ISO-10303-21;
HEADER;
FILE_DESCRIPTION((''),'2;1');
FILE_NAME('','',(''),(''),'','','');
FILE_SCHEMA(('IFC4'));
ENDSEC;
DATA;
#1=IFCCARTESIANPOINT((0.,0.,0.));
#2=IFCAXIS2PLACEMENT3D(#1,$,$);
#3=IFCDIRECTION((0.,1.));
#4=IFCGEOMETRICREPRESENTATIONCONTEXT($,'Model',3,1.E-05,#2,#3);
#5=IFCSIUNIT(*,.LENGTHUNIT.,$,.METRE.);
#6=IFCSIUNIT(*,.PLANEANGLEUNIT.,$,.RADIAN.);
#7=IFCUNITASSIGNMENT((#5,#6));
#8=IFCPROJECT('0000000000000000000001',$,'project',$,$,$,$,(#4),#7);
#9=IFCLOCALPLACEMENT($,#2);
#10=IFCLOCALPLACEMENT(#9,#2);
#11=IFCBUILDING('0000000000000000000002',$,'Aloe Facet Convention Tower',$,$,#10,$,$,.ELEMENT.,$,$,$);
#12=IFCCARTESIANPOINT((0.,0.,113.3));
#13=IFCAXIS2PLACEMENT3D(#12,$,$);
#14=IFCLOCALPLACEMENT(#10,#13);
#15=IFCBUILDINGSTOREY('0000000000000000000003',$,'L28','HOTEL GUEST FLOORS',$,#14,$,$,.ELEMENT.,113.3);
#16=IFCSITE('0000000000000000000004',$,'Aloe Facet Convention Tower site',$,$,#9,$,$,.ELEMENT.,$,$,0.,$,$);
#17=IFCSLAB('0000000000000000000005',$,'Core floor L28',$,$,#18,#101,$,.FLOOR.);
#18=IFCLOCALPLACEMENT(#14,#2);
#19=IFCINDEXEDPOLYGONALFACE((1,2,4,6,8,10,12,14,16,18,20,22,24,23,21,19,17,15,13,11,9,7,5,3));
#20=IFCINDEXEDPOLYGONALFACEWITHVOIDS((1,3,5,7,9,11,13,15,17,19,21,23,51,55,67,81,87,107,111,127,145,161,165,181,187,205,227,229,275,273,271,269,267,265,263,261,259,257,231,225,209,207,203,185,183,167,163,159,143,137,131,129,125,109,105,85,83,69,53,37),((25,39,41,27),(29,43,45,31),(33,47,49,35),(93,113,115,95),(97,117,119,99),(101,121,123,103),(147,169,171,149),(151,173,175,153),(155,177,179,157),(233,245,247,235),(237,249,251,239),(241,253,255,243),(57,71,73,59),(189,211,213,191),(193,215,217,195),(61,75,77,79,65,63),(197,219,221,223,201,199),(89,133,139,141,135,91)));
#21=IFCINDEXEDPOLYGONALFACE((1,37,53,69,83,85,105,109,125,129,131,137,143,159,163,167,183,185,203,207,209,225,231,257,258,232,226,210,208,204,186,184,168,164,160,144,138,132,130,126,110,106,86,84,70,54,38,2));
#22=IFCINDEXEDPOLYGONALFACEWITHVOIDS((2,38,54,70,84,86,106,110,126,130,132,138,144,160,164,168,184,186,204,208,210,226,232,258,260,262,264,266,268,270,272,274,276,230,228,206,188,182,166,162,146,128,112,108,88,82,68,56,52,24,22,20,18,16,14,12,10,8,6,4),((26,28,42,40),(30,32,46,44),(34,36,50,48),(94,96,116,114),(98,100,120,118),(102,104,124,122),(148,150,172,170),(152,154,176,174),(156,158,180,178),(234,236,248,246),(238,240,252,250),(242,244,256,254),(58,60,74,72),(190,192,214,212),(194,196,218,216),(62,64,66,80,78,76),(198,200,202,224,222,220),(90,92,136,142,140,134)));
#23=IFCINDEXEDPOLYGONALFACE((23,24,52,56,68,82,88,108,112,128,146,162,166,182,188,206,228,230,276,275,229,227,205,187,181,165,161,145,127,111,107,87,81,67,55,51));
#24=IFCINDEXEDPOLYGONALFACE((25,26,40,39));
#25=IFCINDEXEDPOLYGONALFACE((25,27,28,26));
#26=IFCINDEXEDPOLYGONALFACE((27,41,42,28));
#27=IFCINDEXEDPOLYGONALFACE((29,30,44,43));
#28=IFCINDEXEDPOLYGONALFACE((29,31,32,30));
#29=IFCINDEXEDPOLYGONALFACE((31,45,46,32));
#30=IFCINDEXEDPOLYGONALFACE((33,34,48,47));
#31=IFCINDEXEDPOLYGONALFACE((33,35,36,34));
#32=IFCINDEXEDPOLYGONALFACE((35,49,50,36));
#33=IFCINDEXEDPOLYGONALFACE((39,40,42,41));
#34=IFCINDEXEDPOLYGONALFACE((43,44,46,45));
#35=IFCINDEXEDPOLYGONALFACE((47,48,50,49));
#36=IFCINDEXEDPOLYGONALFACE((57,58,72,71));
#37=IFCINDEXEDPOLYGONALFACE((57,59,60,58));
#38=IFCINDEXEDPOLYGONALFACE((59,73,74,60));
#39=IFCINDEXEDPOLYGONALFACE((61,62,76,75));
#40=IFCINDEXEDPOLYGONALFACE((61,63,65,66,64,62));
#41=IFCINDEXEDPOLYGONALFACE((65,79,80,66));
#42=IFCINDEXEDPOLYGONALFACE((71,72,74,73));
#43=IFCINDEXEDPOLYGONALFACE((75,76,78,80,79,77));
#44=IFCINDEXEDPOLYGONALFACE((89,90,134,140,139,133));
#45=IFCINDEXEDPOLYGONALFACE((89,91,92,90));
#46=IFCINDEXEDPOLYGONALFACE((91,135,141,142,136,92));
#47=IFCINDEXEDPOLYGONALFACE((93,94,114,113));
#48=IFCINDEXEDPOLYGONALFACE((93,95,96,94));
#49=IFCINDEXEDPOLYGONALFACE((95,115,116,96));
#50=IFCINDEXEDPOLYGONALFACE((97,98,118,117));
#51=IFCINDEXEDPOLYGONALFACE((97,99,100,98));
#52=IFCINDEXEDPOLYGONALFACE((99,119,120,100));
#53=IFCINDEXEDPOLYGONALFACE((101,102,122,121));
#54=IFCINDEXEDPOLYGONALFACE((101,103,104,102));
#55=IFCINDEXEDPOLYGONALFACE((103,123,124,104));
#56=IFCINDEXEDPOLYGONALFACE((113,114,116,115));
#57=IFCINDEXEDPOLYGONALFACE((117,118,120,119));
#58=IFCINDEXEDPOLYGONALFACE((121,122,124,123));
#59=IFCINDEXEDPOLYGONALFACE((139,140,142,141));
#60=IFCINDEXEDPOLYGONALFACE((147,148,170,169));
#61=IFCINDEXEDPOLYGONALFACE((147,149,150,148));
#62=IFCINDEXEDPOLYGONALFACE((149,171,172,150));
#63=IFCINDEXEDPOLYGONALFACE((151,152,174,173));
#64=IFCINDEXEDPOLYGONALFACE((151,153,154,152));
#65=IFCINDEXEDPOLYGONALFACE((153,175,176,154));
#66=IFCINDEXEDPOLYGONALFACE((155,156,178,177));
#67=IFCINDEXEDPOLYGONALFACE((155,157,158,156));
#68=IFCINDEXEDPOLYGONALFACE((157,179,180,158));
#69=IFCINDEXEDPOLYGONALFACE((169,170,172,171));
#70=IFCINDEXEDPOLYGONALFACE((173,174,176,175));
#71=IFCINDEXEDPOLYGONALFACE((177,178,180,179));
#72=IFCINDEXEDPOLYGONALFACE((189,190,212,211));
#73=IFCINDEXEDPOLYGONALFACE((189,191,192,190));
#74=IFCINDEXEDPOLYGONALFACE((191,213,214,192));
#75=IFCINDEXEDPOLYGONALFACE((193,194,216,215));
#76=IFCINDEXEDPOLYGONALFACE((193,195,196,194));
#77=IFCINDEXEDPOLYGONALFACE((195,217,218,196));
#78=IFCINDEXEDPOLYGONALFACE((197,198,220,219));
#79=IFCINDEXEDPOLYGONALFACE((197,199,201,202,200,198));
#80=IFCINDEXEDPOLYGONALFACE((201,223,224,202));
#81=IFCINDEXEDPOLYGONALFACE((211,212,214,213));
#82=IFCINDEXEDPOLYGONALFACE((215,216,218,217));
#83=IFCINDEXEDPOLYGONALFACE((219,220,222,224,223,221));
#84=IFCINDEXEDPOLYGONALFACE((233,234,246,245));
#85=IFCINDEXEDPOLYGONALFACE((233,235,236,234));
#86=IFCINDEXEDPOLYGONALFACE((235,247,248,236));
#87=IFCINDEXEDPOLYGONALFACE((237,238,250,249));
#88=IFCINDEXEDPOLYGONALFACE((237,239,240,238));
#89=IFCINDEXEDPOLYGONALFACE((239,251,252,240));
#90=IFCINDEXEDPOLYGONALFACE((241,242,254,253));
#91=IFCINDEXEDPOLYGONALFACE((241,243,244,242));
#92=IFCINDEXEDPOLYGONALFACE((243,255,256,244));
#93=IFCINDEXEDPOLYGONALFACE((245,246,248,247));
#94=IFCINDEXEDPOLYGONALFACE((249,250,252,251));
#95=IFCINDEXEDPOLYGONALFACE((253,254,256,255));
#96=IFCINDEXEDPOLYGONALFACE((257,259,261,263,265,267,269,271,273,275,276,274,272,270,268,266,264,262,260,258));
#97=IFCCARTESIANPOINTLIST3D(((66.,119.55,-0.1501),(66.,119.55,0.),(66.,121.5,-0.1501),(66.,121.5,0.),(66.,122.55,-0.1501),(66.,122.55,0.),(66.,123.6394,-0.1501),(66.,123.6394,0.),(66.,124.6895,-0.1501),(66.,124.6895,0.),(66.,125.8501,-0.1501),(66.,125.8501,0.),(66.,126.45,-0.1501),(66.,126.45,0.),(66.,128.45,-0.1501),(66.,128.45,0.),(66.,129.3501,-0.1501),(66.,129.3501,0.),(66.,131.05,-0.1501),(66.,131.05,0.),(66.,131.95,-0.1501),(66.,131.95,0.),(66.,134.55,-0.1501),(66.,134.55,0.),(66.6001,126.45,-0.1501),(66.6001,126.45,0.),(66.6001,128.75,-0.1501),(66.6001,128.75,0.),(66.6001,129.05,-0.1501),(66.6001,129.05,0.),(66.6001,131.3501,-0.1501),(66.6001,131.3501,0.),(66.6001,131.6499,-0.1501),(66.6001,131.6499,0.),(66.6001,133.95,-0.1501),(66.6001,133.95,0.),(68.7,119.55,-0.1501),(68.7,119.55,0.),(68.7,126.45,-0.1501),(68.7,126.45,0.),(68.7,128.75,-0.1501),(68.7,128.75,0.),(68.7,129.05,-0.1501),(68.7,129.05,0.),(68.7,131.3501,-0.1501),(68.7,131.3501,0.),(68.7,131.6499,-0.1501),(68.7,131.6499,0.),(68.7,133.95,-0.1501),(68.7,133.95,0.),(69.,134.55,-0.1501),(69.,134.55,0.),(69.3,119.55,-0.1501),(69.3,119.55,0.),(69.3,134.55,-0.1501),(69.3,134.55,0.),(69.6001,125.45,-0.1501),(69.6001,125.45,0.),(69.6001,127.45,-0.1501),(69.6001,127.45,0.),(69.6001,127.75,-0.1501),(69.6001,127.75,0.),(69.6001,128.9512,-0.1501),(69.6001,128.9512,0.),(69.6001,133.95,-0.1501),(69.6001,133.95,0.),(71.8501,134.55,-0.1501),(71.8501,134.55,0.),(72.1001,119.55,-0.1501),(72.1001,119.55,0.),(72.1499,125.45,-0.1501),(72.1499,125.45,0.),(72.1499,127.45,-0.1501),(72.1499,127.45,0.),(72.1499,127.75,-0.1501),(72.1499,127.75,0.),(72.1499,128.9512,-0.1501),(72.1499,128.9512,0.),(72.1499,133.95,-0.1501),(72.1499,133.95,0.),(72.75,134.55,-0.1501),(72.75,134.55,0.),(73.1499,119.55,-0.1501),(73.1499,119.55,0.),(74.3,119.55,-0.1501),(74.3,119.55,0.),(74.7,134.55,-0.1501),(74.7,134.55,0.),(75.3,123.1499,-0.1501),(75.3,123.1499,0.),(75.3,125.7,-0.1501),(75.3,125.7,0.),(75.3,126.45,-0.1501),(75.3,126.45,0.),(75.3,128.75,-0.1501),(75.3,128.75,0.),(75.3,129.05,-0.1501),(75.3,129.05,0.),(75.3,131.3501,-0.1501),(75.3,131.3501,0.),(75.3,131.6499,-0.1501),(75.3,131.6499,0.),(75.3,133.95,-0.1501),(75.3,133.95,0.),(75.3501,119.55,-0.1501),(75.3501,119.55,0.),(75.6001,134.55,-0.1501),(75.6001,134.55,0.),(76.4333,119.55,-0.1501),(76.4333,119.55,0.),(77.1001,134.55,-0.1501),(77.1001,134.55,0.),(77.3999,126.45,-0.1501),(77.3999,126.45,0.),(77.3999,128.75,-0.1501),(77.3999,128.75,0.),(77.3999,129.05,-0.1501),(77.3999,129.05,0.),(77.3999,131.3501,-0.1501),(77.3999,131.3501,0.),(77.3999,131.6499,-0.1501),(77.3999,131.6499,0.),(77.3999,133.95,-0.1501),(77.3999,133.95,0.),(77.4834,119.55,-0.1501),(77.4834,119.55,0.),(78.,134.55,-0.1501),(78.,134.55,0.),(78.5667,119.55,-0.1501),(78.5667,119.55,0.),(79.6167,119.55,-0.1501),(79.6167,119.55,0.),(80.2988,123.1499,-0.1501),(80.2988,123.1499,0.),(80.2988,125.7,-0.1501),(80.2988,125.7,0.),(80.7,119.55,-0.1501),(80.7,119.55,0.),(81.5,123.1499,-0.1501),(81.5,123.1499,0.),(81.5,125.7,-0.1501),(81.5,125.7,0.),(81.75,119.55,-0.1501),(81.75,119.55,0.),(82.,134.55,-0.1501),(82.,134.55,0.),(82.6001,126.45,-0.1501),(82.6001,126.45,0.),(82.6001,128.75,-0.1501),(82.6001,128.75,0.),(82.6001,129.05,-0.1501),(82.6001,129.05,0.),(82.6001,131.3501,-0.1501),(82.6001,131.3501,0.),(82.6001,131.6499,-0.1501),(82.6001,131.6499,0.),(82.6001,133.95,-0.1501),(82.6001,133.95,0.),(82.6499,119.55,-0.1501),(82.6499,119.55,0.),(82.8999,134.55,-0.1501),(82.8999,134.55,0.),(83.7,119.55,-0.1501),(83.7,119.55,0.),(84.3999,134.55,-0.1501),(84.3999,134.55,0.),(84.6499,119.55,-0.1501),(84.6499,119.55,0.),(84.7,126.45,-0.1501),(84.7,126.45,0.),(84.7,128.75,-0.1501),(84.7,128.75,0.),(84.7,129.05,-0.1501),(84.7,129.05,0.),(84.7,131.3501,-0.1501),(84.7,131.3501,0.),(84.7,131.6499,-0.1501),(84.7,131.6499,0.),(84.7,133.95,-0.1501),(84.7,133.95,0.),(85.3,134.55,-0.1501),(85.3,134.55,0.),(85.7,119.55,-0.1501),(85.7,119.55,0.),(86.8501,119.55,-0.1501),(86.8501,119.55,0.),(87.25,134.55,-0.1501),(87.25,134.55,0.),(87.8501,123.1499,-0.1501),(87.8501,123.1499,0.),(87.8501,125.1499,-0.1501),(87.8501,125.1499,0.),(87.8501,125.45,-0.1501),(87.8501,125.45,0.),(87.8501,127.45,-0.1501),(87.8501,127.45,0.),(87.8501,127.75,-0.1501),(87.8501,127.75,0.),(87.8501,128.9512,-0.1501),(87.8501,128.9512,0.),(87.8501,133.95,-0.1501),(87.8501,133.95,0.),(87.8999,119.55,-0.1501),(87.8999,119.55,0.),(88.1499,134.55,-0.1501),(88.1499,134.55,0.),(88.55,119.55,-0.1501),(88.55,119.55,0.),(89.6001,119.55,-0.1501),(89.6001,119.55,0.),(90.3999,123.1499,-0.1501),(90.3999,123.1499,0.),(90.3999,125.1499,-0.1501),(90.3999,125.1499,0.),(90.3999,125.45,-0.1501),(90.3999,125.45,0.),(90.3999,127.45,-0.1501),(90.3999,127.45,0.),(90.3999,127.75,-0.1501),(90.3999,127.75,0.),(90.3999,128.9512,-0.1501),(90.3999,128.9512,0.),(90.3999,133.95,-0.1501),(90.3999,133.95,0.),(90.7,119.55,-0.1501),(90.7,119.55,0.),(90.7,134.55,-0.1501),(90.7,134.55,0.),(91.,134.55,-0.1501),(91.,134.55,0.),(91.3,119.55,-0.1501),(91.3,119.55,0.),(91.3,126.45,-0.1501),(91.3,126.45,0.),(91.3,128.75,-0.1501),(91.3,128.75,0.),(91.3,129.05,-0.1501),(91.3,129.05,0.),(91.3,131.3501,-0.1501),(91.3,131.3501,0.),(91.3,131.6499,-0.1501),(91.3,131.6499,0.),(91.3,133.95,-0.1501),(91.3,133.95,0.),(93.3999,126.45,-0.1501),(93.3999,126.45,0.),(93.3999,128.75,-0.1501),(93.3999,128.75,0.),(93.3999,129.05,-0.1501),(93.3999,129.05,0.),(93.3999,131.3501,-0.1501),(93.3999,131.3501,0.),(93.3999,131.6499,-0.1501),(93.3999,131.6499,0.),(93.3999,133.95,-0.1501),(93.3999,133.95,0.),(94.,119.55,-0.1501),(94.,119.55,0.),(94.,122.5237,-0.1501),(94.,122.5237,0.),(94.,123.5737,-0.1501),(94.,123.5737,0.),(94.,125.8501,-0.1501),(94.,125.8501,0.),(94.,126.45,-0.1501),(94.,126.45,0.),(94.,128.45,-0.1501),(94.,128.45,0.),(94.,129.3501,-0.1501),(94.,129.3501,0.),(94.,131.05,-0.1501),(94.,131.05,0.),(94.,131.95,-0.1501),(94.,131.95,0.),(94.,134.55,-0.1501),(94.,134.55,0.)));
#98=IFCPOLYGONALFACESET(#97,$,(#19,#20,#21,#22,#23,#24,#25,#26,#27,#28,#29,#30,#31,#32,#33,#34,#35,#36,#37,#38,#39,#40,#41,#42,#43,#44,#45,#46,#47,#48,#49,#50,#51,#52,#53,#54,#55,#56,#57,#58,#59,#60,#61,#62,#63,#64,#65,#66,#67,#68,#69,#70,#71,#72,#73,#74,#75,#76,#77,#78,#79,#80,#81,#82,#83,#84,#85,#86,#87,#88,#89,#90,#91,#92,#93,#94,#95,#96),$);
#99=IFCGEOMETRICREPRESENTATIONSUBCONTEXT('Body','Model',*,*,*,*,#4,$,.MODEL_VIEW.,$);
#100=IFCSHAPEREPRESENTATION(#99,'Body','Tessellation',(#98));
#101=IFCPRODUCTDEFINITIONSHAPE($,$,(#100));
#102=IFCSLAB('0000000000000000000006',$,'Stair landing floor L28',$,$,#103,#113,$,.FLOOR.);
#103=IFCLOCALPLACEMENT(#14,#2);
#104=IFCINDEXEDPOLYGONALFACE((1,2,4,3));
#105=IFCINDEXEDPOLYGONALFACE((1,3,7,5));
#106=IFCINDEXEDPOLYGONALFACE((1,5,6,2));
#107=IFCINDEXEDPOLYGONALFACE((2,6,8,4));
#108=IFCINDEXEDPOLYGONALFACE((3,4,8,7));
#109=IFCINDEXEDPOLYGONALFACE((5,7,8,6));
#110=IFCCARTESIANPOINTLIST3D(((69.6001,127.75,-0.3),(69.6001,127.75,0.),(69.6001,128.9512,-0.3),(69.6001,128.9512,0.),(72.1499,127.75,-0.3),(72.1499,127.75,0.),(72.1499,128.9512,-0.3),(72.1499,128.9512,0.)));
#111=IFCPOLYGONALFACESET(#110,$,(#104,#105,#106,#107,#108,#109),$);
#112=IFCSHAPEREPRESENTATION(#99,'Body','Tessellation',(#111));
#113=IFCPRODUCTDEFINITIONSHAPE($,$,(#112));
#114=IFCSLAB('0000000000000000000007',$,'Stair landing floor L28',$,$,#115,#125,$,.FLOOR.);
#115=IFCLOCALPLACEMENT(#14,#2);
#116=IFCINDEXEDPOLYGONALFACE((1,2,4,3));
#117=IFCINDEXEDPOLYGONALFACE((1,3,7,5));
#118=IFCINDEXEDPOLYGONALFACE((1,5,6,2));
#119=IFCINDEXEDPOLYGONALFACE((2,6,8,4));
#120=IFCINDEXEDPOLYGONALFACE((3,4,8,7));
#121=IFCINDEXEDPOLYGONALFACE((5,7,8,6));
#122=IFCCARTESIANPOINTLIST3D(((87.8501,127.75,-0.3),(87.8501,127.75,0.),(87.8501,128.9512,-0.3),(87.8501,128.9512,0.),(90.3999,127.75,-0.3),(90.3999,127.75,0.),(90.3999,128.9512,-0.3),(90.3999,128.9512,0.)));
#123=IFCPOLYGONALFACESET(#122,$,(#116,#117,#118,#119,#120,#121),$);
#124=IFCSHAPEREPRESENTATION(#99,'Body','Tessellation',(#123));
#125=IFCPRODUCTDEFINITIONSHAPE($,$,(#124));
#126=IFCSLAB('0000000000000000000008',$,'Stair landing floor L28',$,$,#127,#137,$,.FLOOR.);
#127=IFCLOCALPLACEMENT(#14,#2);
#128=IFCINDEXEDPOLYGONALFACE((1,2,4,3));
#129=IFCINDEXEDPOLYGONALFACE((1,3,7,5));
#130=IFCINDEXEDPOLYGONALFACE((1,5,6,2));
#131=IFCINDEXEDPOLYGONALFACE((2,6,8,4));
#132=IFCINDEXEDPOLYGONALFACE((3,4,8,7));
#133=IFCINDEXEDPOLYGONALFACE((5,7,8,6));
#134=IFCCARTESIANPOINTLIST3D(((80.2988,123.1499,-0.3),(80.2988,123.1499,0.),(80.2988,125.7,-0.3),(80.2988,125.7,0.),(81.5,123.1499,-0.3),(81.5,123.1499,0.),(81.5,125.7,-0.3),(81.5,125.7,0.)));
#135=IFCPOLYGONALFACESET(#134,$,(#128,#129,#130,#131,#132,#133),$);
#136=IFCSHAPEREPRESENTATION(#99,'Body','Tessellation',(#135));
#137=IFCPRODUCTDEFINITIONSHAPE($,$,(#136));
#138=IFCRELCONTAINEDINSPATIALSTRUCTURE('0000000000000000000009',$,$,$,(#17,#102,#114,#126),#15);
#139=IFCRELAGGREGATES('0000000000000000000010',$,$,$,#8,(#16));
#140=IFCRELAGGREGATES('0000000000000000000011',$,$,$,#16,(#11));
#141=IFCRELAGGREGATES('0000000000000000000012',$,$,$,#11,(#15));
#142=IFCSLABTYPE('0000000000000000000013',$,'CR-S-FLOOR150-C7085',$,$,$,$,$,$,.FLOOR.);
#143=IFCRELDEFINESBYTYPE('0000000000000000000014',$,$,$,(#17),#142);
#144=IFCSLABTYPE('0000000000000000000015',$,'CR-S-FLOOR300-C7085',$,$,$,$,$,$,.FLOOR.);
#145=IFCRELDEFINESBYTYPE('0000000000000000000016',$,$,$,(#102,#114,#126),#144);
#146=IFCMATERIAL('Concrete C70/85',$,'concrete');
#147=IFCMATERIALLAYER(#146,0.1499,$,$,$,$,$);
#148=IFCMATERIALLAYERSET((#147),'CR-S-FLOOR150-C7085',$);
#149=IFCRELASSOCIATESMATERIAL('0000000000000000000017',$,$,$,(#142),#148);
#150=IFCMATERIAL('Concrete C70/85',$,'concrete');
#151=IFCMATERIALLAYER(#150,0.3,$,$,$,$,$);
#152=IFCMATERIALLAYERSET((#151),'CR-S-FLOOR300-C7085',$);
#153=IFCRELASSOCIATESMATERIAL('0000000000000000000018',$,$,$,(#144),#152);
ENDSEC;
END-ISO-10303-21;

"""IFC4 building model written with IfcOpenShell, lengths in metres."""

from ifc_helpers import new_model, si_unit, direction, frame, origin, place, context, subcontext, project, spatial, polyline, outline, extrude, material, layer, layer_set, type_object, element, save


model = new_model("IFC4")

# Units and contexts
model_context = context("Model", 3, precision=1e-05, world=origin(), true_north=direction((0.0, 1.0)))
body_context = subcontext(model_context, "Body", "Model", "MODEL_VIEW")
ifc_project = project(units=[si_unit("LENGTHUNIT", "METRE"), si_unit("PLANEANGLEUNIT", "RADIAN")], contexts=[model_context])

# Site, building, storey
site_placement = place(None, origin())
site = spatial("IfcSite", under=ifc_project, at=site_placement, Name="Aloe Facet Convention Tower site", CompositionType="ELEMENT", RefElevation=0.0)
building_placement = place(site_placement, origin())
building = spatial("IfcBuilding", under=site, at=building_placement, Name="Aloe Facet Convention Tower", CompositionType="ELEMENT")
storey_placement = place(building_placement, frame((0.0, 0.0, 113.3)))
storey = spatial("IfcBuildingStorey", under=building, at=storey_placement, Name="L28", Description="HOTEL GUEST FLOORS", CompositionType="ELEMENT", Elevation=113.3)

# Slabs
ifc_material_1 = material(Name="Concrete C70/85", Category="concrete")
ifc_layer_1 = layer(ifc_material_1, 0.1499)
ifc_layer_set_1 = layer_set([ifc_layer_1], Name="CR-S-FLOOR150-C7085")
slab_type_1 = type_object("IfcSlabType", Name="CR-S-FLOOR150-C7085", PredefinedType="FLOOR", material=ifc_layer_set_1)
slab_1_placement = place(storey_placement, frame((0.0, 0.0, -0.1501)))
element("IfcSlab", 1, at=slab_1_placement, inside=storey, type_object=slab_type_1, Name="Core floor L28", PredefinedType="FLOOR", context=body_context, shape_type="SweptSolid", body=[
    extrude(outline(polyline([(69.3, 134.55), (71.8501, 134.55), (72.75, 134.55), (74.7, 134.55), (75.6001, 134.55), (77.1001, 134.55), (78.0, 134.55), (82.0, 134.55), (82.8999, 134.55), (84.3999, 134.55), (85.3, 134.55), (87.25, 134.55), (88.1499, 134.55), (90.7, 134.55), (91.0, 134.55), (94.0, 134.55), (94.0, 131.95), (94.0, 131.05), (94.0, 129.3501), (94.0, 128.45), (94.0, 126.45), (94.0, 125.8501), (94.0, 123.5737), (94.0, 122.5237), (94.0, 119.55), (91.3, 119.55), (90.7, 119.55), (89.6001, 119.55), (88.55, 119.55), (87.8999, 119.55), (86.8501, 119.55), (85.7, 119.55), (84.6499, 119.55), (83.7, 119.55), (82.6499, 119.55), (81.75, 119.55), (80.7, 119.55), (79.6167, 119.55), (78.5667, 119.55), (77.4834, 119.55), (76.4333, 119.55), (75.3501, 119.55), (74.3, 119.55), (73.1499, 119.55), (72.1001, 119.55), (69.3, 119.55), (68.7, 119.55), (66.0, 119.55), (66.0, 121.5), (66.0, 122.55), (66.0, 123.6394), (66.0, 124.6895), (66.0, 125.8501), (66.0, 126.45), (66.0, 128.45), (66.0, 129.3501), (66.0, 131.05), (66.0, 131.95), (66.0, 134.55), (69.0, 134.55), (69.3, 134.55)]), holes=[polyline([(75.3, 123.1499), (80.2988, 123.1499), (81.5, 123.1499), (81.5, 125.7), (80.2988, 125.7), (75.3, 125.7), (75.3, 123.1499)]), polyline([(69.6001, 125.45), (72.1499, 125.45), (72.1499, 127.45), (69.6001, 127.45), (69.6001, 125.45)]), polyline([(66.6001, 126.45), (68.7, 126.45), (68.7, 128.75), (66.6001, 128.75), (66.6001, 126.45)]), polyline([(75.3, 126.45), (77.3999, 126.45), (77.3999, 128.75), (75.3, 128.75), (75.3, 126.45)]), polyline([(66.6001, 129.05), (68.7, 129.05), (68.7, 131.3501), (66.6001, 131.3501), (66.6001, 129.05)]), polyline([(75.3, 129.05), (77.3999, 129.05), (77.3999, 131.3501), (75.3, 131.3501), (75.3, 129.05)]), polyline([(69.6001, 133.95), (69.6001, 128.9512), (69.6001, 127.75), (72.1499, 127.75), (72.1499, 128.9512), (72.1499, 133.95), (69.6001, 133.95)]), polyline([(66.6001, 133.95), (66.6001, 131.6499), (68.7, 131.6499), (68.7, 133.95), (66.6001, 133.95)]), polyline([(75.3, 133.95), (75.3, 131.6499), (77.3999, 131.6499), (77.3999, 133.95), (75.3, 133.95)]), polyline([(87.8501, 123.1499), (90.3999, 123.1499), (90.3999, 125.1499), (87.8501, 125.1499), (87.8501, 123.1499)]), polyline([(87.8501, 125.45), (90.3999, 125.45), (90.3999, 127.45), (87.8501, 127.45), (87.8501, 125.45)]), polyline([(82.6001, 126.45), (84.7, 126.45), (84.7, 128.75), (82.6001, 128.75), (82.6001, 126.45)]), polyline([(91.3, 126.45), (93.3999, 126.45), (93.3999, 128.75), (91.3, 128.75), (91.3, 126.45)]), polyline([(82.6001, 129.05), (84.7, 129.05), (84.7, 131.3501), (82.6001, 131.3501), (82.6001, 129.05)]), polyline([(91.3, 129.05), (93.3999, 129.05), (93.3999, 131.3501), (91.3, 131.3501), (91.3, 129.05)]), polyline([(87.8501, 133.95), (87.8501, 128.9512), (87.8501, 127.75), (90.3999, 127.75), (90.3999, 128.9512), (90.3999, 133.95), (87.8501, 133.95)]), polyline([(82.6001, 133.95), (82.6001, 131.6499), (84.7, 131.6499), (84.7, 133.95), (82.6001, 133.95)]), polyline([(91.3, 133.95), (91.3, 131.6499), (93.3999, 131.6499), (93.3999, 133.95), (91.3, 133.95)])]), origin(), (0.0, 0.0, 1.0), 0.1501),
])
ifc_material_2 = material(Name="Concrete C70/85", Category="concrete")
ifc_layer_2 = layer(ifc_material_2, 0.3)
ifc_layer_set_2 = layer_set([ifc_layer_2], Name="CR-S-FLOOR300-C7085")
slab_type_2 = type_object("IfcSlabType", Name="CR-S-FLOOR300-C7085", PredefinedType="FLOOR", material=ifc_layer_set_2)
slab_2_placement = place(storey_placement, frame((0.0, 0.0, -0.3)))
element("IfcSlab", 2, at=slab_2_placement, inside=storey, type_object=slab_type_2, Name="Stair landing floor L28", PredefinedType="FLOOR", context=body_context, shape_type="SweptSolid", body=[
    extrude(outline(polyline([(72.1499, 127.75), (72.1499, 128.9512), (69.6001, 128.9512), (69.6001, 127.75), (72.1499, 127.75)])), origin(), (0.0, 0.0, 1.0), 0.3),
])
slab_3_placement = place(storey_placement, frame((0.0, 0.0, -0.3)))
element("IfcSlab", 3, at=slab_3_placement, inside=storey, type_object=slab_type_2, Name="Stair landing floor L28", PredefinedType="FLOOR", context=body_context, shape_type="SweptSolid", body=[
    extrude(outline(polyline([(90.3999, 127.75), (90.3999, 128.9512), (87.8501, 128.9512), (87.8501, 127.75), (90.3999, 127.75)])), origin(), (0.0, 0.0, 1.0), 0.3),
])
slab_4_placement = place(storey_placement, frame((0.0, 0.0, -0.3)))
element("IfcSlab", 4, at=slab_4_placement, inside=storey, type_object=slab_type_2, Name="Stair landing floor L28", PredefinedType="FLOOR", context=body_context, shape_type="SweptSolid", body=[
    extrude(outline(polyline([(81.5, 125.7), (80.2988, 125.7), (80.2988, 123.1499), (81.5, 123.1499), (81.5, 125.7)])), origin(), (0.0, 0.0, 1.0), 0.3),
])

save(model, "model.ifc")
